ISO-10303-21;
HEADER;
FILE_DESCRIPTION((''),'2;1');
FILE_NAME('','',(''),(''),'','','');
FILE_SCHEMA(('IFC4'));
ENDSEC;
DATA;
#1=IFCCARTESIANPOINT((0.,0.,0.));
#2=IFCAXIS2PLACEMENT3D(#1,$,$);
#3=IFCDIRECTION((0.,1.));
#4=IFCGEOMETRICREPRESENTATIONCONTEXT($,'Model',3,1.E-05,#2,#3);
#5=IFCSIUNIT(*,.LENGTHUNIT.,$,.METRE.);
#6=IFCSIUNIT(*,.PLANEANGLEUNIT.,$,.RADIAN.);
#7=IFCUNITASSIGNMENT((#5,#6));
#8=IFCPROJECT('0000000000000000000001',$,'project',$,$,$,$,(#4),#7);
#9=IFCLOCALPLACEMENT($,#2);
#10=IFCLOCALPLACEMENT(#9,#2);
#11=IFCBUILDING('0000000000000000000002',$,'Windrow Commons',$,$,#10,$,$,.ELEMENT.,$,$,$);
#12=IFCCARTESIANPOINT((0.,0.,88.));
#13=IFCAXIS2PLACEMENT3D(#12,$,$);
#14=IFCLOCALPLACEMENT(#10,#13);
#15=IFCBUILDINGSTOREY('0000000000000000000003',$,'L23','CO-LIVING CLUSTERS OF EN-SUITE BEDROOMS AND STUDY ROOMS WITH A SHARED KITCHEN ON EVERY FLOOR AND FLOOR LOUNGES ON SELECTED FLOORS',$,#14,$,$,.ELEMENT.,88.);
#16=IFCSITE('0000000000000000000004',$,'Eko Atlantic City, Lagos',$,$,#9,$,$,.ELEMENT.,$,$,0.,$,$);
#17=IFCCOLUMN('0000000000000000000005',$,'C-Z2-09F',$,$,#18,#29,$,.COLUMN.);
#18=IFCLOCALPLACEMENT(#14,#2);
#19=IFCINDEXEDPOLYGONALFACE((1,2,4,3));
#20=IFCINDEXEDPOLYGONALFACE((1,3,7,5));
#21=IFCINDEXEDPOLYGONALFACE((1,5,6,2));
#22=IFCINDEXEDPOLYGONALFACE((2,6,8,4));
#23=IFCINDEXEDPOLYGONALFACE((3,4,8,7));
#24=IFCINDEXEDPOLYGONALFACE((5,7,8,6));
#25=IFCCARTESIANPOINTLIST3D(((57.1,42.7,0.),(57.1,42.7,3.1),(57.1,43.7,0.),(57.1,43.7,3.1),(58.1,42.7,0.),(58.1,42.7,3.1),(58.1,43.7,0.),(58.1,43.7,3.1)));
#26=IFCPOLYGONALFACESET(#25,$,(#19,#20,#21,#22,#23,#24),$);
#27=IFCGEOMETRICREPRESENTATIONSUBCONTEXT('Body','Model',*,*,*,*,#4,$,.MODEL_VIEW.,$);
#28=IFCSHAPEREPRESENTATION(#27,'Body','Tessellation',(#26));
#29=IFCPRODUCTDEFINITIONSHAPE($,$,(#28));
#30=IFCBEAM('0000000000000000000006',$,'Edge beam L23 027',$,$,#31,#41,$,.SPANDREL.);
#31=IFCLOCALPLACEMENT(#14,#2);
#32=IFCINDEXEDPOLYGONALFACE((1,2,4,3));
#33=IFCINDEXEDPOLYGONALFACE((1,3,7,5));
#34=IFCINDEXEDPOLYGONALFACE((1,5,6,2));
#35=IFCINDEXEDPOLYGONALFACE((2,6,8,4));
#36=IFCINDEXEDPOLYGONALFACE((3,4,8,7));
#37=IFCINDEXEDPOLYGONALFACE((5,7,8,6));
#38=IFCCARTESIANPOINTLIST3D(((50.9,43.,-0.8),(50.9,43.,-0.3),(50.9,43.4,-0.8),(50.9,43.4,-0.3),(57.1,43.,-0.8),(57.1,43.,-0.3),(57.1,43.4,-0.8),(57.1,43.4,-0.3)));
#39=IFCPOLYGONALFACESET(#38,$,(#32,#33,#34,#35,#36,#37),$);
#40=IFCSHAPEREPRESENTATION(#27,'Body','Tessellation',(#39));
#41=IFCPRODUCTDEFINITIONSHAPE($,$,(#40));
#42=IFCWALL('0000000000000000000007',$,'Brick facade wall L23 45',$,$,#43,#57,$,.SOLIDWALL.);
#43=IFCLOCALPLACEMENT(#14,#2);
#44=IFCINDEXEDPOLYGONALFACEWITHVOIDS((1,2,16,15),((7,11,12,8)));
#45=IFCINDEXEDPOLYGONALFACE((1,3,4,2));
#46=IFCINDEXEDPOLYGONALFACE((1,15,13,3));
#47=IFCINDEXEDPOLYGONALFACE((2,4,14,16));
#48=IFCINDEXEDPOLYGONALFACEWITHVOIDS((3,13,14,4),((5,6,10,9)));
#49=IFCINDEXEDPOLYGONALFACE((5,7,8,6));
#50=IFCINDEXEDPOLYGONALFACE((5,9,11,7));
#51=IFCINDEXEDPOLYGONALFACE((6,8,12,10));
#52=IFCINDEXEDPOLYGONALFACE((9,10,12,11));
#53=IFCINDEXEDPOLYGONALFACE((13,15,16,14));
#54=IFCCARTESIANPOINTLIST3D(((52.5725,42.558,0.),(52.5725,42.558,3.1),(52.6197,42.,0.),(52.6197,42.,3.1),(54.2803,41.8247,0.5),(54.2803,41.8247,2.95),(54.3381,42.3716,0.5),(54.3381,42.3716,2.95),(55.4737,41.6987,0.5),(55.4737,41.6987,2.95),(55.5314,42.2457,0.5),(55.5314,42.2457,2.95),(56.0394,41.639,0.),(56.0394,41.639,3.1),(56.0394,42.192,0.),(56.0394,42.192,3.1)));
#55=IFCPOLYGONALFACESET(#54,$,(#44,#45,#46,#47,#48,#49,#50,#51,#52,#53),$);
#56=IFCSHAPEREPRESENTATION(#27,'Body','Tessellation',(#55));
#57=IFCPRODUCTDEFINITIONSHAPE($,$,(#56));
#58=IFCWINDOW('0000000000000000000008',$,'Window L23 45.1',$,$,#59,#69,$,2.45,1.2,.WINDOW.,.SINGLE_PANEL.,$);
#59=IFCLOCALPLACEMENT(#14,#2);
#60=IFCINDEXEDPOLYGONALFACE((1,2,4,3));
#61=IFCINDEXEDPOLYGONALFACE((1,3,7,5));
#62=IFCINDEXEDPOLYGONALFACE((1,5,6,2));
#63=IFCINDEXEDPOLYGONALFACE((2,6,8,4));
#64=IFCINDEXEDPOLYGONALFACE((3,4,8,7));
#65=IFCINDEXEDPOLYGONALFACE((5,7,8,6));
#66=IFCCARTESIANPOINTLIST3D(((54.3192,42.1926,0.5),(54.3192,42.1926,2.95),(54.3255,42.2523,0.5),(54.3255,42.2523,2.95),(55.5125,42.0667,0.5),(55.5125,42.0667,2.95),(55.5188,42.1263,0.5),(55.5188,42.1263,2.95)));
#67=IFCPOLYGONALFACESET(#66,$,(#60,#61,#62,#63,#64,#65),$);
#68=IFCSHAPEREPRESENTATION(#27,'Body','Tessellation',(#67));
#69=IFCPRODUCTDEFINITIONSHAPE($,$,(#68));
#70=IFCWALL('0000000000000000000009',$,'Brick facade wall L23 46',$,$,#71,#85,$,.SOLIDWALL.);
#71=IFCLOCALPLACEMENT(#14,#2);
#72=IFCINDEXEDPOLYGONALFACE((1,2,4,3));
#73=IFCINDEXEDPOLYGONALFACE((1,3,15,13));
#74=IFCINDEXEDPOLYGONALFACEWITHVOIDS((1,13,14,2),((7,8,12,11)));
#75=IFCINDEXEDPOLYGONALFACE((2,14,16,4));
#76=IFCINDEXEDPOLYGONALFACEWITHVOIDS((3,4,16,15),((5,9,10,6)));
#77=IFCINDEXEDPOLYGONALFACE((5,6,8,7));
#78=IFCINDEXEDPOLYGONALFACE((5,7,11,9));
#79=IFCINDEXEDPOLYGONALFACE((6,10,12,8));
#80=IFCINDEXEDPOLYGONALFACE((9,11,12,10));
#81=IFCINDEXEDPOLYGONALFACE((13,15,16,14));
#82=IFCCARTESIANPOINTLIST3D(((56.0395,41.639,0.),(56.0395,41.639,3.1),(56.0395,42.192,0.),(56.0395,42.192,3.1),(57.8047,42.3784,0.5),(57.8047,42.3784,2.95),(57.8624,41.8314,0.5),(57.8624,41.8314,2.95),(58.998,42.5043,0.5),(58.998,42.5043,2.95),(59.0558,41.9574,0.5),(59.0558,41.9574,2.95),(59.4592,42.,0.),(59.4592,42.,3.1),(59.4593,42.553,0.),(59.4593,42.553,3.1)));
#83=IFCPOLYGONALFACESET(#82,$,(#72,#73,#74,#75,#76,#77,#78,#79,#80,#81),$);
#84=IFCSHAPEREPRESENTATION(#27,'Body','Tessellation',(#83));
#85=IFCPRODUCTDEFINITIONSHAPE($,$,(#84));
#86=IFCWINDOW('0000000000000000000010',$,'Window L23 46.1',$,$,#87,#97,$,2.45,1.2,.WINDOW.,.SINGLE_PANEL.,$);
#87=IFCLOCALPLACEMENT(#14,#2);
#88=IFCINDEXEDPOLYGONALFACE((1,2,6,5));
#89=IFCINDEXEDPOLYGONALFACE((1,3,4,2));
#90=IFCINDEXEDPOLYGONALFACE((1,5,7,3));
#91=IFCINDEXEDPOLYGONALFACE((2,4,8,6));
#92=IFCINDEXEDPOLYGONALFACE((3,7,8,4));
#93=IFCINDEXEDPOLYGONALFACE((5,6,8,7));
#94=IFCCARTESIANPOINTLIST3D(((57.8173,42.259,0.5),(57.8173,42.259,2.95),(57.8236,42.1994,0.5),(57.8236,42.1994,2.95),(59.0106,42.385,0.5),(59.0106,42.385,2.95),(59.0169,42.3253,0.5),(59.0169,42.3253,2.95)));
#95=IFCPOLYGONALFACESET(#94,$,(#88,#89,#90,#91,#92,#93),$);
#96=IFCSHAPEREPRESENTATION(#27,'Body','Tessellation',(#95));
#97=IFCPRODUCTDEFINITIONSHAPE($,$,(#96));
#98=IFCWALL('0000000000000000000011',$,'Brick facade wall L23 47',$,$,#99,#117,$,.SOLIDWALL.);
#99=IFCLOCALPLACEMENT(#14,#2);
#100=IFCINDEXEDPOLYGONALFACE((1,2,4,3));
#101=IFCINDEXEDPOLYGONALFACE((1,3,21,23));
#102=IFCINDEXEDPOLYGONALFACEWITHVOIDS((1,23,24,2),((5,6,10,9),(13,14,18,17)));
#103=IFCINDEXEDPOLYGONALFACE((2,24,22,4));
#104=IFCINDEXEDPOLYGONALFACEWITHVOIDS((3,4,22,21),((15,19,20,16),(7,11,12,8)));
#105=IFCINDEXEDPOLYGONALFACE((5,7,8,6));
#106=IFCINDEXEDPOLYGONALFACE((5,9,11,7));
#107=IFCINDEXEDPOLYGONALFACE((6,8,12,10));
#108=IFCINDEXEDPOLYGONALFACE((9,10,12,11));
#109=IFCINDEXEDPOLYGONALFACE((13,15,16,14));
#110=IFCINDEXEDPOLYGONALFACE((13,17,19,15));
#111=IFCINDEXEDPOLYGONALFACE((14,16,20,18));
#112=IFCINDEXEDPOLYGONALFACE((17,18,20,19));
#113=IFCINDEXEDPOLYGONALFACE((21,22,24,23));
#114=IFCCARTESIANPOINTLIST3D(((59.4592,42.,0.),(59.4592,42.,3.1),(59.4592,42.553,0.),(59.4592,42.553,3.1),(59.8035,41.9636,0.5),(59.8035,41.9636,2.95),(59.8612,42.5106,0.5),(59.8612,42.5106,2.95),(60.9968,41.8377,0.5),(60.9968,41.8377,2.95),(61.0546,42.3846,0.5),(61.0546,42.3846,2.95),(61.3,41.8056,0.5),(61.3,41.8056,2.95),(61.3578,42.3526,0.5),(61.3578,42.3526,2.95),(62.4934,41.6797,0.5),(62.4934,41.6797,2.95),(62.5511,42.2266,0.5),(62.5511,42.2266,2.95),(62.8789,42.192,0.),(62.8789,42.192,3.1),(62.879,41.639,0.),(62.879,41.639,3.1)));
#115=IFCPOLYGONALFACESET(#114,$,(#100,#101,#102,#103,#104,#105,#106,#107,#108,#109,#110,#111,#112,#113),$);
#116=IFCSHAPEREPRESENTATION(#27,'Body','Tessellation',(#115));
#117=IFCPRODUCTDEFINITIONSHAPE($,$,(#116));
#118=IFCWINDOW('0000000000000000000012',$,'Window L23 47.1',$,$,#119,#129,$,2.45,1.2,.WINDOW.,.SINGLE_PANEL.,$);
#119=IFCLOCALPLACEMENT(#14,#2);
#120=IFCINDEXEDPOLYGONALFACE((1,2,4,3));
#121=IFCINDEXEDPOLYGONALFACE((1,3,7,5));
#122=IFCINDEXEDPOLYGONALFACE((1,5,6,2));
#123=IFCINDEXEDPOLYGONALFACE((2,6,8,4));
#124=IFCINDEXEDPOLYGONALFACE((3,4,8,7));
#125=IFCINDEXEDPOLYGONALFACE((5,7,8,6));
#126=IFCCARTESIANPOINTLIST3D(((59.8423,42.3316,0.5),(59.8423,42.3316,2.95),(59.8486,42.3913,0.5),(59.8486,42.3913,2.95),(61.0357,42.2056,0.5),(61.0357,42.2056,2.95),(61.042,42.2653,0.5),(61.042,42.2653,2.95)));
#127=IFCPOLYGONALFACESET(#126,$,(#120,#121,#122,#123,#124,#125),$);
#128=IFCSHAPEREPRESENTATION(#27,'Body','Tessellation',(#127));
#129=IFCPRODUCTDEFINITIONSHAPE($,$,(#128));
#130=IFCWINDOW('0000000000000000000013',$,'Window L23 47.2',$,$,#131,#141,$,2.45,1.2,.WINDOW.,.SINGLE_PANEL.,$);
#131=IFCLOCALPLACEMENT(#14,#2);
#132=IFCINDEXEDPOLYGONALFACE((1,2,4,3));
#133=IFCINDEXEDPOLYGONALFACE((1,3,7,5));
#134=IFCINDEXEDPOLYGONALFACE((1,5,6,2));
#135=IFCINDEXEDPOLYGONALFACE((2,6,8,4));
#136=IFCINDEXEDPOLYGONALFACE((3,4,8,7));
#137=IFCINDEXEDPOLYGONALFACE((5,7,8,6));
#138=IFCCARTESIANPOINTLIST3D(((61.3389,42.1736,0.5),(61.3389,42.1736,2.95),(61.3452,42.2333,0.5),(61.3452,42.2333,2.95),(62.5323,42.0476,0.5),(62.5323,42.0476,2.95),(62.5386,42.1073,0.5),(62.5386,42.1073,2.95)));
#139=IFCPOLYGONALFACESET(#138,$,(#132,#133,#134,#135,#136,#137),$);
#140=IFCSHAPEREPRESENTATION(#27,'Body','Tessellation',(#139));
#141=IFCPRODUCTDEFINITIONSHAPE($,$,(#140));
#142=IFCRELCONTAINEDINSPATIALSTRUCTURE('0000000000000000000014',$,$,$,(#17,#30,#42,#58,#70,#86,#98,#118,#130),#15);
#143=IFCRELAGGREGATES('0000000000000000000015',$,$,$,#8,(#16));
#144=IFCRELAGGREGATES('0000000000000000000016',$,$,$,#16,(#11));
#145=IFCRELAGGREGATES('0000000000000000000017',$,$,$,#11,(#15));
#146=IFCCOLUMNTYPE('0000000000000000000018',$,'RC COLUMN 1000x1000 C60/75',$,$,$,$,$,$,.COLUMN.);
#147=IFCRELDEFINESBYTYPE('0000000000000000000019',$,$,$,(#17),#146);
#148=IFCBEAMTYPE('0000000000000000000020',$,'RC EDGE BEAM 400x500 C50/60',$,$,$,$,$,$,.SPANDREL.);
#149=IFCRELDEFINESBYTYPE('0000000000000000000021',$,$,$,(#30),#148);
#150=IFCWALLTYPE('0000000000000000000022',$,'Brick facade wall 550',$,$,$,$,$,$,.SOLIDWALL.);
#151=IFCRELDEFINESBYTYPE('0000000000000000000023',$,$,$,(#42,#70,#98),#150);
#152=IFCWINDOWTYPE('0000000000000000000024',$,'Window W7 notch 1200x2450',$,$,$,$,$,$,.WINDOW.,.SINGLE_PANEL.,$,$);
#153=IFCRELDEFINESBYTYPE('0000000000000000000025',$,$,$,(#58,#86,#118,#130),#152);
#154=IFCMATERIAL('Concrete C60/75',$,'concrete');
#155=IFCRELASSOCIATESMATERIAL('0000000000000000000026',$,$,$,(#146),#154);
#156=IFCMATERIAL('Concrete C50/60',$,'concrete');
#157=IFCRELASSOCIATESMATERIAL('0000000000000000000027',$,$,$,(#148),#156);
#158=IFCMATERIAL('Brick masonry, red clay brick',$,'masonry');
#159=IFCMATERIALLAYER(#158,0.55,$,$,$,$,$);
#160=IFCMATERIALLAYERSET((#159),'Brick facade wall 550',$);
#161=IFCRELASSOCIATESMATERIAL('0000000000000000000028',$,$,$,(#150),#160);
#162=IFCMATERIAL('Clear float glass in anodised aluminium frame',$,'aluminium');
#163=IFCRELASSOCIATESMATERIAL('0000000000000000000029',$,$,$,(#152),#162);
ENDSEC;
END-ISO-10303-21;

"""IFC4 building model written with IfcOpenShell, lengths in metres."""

from ifc_helpers import new_model, si_unit, direction, frame, frame_2d, origin, origin_2d, place, context, subcontext, project, spatial, polyline, rectangle, outline, extrude, material, layer, layer_set, material_profile, profile_set, type_object, element, fill, save


model = new_model("IFC4")

# Units and contexts
model_context = context("Model", 3, precision=1e-05, world=origin(), true_north=direction((0.0, 1.0)))
body_context = subcontext(model_context, "Body", "Model", "MODEL_VIEW")
ifc_project = project(units=[si_unit("LENGTHUNIT", "METRE"), si_unit("PLANEANGLEUNIT", "RADIAN")], contexts=[model_context])

# Site, building, storey
site_placement = place(None, origin())
site = spatial("IfcSite", under=ifc_project, at=site_placement, Name="Eko Atlantic City, Lagos", CompositionType="ELEMENT", RefElevation=0.0)
building_placement = place(site_placement, origin())
building = spatial("IfcBuilding", under=site, at=building_placement, Name="Windrow Commons", CompositionType="ELEMENT")
storey_placement = place(building_placement, frame((0.0, 0.0, 88.0)))
storey = spatial("IfcBuildingStorey", under=building, at=storey_placement, Name="L23", Description="CO-LIVING CLUSTERS OF EN-SUITE BEDROOMS AND STUDY ROOMS WITH A SHARED KITCHEN ON EVERY FLOOR AND FLOOR LOUNGES ON SELECTED FLOORS", CompositionType="ELEMENT", Elevation=88.0)

# Column
ifc_material_1 = material(Name="Concrete C60/75", Category="concrete")
ifc_material_profile_1 = material_profile(ifc_material_1, rectangle(XDim=1.0, YDim=1.0, at=origin_2d()))
ifc_profile_set_1 = profile_set([ifc_material_profile_1], Name="Concrete C60/75")
column_type = type_object("IfcColumnType", Name="RC COLUMN 1000x1000 C60/75", PredefinedType="COLUMN", material=ifc_profile_set_1)
column_placement = place(storey_placement, frame((57.6, 43.2, 0.0), z_axis=(0.0, 0.0, 1.0), x_axis=(1.0, 0.0, 0.0)))
element("IfcColumn", 1, at=column_placement, inside=storey, type_object=column_type, Name="C-Z2-09F", PredefinedType="COLUMN", context=body_context, shape_type="SweptSolid", body=[
    extrude(rectangle(XDim=1.0, YDim=1.0, at=origin_2d()), origin(), (0.0, 0.0, 1.0), 3.1),
])

# Beam
ifc_material_2 = material(Name="Concrete C50/60", Category="concrete")
ifc_material_profile_2 = material_profile(ifc_material_2, rectangle(XDim=0.4, YDim=0.5, at=origin_2d()))
ifc_profile_set_2 = profile_set([ifc_material_profile_2], Name="Concrete C50/60")
beam_type = type_object("IfcBeamType", Name="RC EDGE BEAM 400x500 C50/60", PredefinedType="SPANDREL", material=ifc_profile_set_2)
beam_placement = place(storey_placement, frame((57.1, 43.2, -0.55), z_axis=(-1.0, 0.0, 0.0), x_axis=(0.0, -1.0, 0.0)))
element("IfcBeam", 2, at=beam_placement, inside=storey, type_object=beam_type, Name="Edge beam L23 027", PredefinedType="SPANDREL", context=body_context, shape_type="SweptSolid", body=[
    extrude(rectangle(XDim=0.4, YDim=0.5, at=origin_2d()), origin(), (0.0, 0.0, 1.0), 6.2),
])

# Walls, openings, windows
ifc_material_3 = material(Name="Brick masonry, red clay brick", Category="masonry")
ifc_layer_1 = layer(ifc_material_3, 0.55)
ifc_layer_set_1 = layer_set([ifc_layer_1], Name="Brick facade wall 550")
wall_type_1 = type_object("IfcWallType", Name="Brick facade wall 550", PredefinedType="SOLIDWALL", material=ifc_layer_set_1)
wall_1_placement = place(storey_placement, frame((52.5961, 42.279, 0.0), z_axis=(0.0, 0.0, 1.0), x_axis=(0.994474, -0.104981, 0.0)))
wall_1 = element("IfcWall", 3, at=wall_1_placement, inside=storey, type_object=wall_type_1, Name="Brick facade wall L23 45", PredefinedType="SOLIDWALL", context=body_context, shape_type="SweptSolid", body=[
    extrude(outline(polyline([(0.0528, -0.275), (3.4915, -0.275), (3.4334, 0.275), (-0.0528, 0.275), (0.0528, -0.275)])), origin(), (0.0, 0.0, 1.0), 3.1),
])
opening_1_placement = place(wall_1_placement, frame((1.7226, 0.0, 0.5)))
opening_1 = element("IfcOpeningElement", 4, at=opening_1_placement, cuts=wall_1, PredefinedType="OPENING", context=body_context, shape_type="SweptSolid", body=[
    extrude(rectangle(XDim=1.2, YDim=2.45, at=frame_2d((0.6, 1.225))), frame((0.0, 0.285, 0.0), z_axis=(0.0, -1.0, 0.0), x_axis=(1.0, 0.0, 0.0)), (0.0, 0.0, 1.0), 0.57),
])
ifc_material_4 = material(Name="Clear float glass in anodised aluminium frame", Category="aluminium")
window_type = type_object("IfcWindowType", Name="Window W7 notch 1200x2450", PartitioningType="SINGLE_PANEL", PredefinedType="WINDOW", material=ifc_material_4)
window_1_placement = place(opening_1_placement, origin())
window_1 = element("IfcWindow", 5, at=window_1_placement, inside=storey, type_object=window_type, Name="Window L23 45.1", OverallHeight=2.45, OverallWidth=1.2, PartitioningType="SINGLE_PANEL", PredefinedType="WINDOW", context=body_context, shape_type="SweptSolid", body=[
    extrude(rectangle(XDim=1.2, YDim=2.45, at=frame_2d((0.6, 1.225))), frame((0.0, 0.155, 0.0), z_axis=(0.0, -1.0, 0.0), x_axis=(1.0, 0.0, 0.0)), (0.0, 0.0, 1.0), 0.06),
])
fill(opening_1, window_1)
wall_2_placement = place(storey_placement, frame((56.0395, 41.9155, 0.0), z_axis=(0.0, 0.0, 1.0), x_axis=(0.994474, 0.104981, 0.0)))
wall_2 = element("IfcWall", 6, at=wall_2_placement, inside=storey, type_object=wall_type_1, Name="Brick facade wall L23 46", PredefinedType="SOLIDWALL", context=body_context, shape_type="SweptSolid", body=[
    extrude(outline(polyline([(-0.029, -0.275), (3.4097, -0.275), (3.4678, 0.275), (0.029, 0.275), (-0.029, -0.275)])), origin(), (0.0, 0.0, 1.0), 3.1),
])
opening_2_placement = place(wall_2_placement, frame((1.804, 0.0, 0.5)))
opening_2 = element("IfcOpeningElement", 7, at=opening_2_placement, cuts=wall_2, PredefinedType="OPENING", context=body_context, shape_type="SweptSolid", body=[
    extrude(rectangle(XDim=1.2, YDim=2.45, at=frame_2d((0.6, 1.225))), frame((0.0, 0.285, 0.0), z_axis=(0.0, -1.0, 0.0), x_axis=(1.0, 0.0, 0.0)), (0.0, 0.0, 1.0), 0.57),
])
window_2_placement = place(opening_2_placement, origin())
window_2 = element("IfcWindow", 8, at=window_2_placement, inside=storey, type_object=window_type, Name="Window L23 46.1", OverallHeight=2.45, OverallWidth=1.2, PartitioningType="SINGLE_PANEL", PredefinedType="WINDOW", context=body_context, shape_type="SweptSolid", body=[
    extrude(rectangle(XDim=1.2, YDim=2.45, at=frame_2d((0.6, 1.225))), frame((0.0, 0.155, 0.0), z_axis=(0.0, -1.0, 0.0), x_axis=(1.0, 0.0, 0.0)), (0.0, 0.0, 1.0), 0.06),
])
fill(opening_2, window_2)

# Wall, openings, windows
wall_3_placement = place(storey_placement, frame((59.4592, 42.2765, 0.0), z_axis=(0.0, 0.0, 1.0), x_axis=(0.994474, -0.104981, 0.0)))
wall_3 = element("IfcWall", 9, at=wall_3_placement, inside=storey, type_object=wall_type_1, Name="Brick facade wall L23 47", PredefinedType="SOLIDWALL", context=body_context, shape_type="SweptSolid", body=[
    extrude(outline(polyline([(0.029, -0.275), (3.4678, -0.275), (3.4097, 0.275), (-0.029, 0.275), (0.029, -0.275)])), origin(), (0.0, 0.0, 1.0), 3.1),
])
opening_3_placement = place(wall_3_placement, frame((0.3752, 0.0, 0.5)))
opening_3 = element("IfcOpeningElement", 10, at=opening_3_placement, cuts=wall_3, PredefinedType="OPENING", context=body_context, shape_type="SweptSolid", body=[
    extrude(rectangle(XDim=1.2, YDim=2.45, at=frame_2d((0.6, 1.225))), frame((0.0, 0.285, 0.0), z_axis=(0.0, -1.0, 0.0), x_axis=(1.0, 0.0, 0.0)), (0.0, 0.0, 1.0), 0.57),
])
opening_4_placement = place(wall_3_placement, frame((1.8801, 0.0, 0.5)))
opening_4 = element("IfcOpeningElement", 11, at=opening_4_placement, cuts=wall_3, PredefinedType="OPENING", context=body_context, shape_type="SweptSolid", body=[
    extrude(rectangle(XDim=1.2, YDim=2.45, at=frame_2d((0.6, 1.225))), frame((0.0, 0.285, 0.0), z_axis=(0.0, -1.0, 0.0), x_axis=(1.0, 0.0, 0.0)), (0.0, 0.0, 1.0), 0.57),
])
window_3_placement = place(opening_3_placement, origin())
window_3 = element("IfcWindow", 12, at=window_3_placement, inside=storey, type_object=window_type, Name="Window L23 47.1", OverallHeight=2.45, OverallWidth=1.2, PartitioningType="SINGLE_PANEL", PredefinedType="WINDOW", context=body_context, shape_type="SweptSolid", body=[
    extrude(rectangle(XDim=1.2, YDim=2.45, at=frame_2d((0.6, 1.225))), frame((0.0, 0.155, 0.0), z_axis=(0.0, -1.0, 0.0), x_axis=(1.0, 0.0, 0.0)), (0.0, 0.0, 1.0), 0.06),
])
fill(opening_3, window_3)
window_4_placement = place(opening_4_placement, origin())
window_4 = element("IfcWindow", 13, at=window_4_placement, inside=storey, type_object=window_type, Name="Window L23 47.2", OverallHeight=2.45, OverallWidth=1.2, PartitioningType="SINGLE_PANEL", PredefinedType="WINDOW", context=body_context, shape_type="SweptSolid", body=[
    extrude(rectangle(XDim=1.2, YDim=2.45, at=frame_2d((0.6, 1.225))), frame((0.0, 0.155, 0.0), z_axis=(0.0, -1.0, 0.0), x_axis=(1.0, 0.0, 0.0)), (0.0, 0.0, 1.0), 0.06),
])
fill(opening_4, window_4)

save(model, "model.ifc")
